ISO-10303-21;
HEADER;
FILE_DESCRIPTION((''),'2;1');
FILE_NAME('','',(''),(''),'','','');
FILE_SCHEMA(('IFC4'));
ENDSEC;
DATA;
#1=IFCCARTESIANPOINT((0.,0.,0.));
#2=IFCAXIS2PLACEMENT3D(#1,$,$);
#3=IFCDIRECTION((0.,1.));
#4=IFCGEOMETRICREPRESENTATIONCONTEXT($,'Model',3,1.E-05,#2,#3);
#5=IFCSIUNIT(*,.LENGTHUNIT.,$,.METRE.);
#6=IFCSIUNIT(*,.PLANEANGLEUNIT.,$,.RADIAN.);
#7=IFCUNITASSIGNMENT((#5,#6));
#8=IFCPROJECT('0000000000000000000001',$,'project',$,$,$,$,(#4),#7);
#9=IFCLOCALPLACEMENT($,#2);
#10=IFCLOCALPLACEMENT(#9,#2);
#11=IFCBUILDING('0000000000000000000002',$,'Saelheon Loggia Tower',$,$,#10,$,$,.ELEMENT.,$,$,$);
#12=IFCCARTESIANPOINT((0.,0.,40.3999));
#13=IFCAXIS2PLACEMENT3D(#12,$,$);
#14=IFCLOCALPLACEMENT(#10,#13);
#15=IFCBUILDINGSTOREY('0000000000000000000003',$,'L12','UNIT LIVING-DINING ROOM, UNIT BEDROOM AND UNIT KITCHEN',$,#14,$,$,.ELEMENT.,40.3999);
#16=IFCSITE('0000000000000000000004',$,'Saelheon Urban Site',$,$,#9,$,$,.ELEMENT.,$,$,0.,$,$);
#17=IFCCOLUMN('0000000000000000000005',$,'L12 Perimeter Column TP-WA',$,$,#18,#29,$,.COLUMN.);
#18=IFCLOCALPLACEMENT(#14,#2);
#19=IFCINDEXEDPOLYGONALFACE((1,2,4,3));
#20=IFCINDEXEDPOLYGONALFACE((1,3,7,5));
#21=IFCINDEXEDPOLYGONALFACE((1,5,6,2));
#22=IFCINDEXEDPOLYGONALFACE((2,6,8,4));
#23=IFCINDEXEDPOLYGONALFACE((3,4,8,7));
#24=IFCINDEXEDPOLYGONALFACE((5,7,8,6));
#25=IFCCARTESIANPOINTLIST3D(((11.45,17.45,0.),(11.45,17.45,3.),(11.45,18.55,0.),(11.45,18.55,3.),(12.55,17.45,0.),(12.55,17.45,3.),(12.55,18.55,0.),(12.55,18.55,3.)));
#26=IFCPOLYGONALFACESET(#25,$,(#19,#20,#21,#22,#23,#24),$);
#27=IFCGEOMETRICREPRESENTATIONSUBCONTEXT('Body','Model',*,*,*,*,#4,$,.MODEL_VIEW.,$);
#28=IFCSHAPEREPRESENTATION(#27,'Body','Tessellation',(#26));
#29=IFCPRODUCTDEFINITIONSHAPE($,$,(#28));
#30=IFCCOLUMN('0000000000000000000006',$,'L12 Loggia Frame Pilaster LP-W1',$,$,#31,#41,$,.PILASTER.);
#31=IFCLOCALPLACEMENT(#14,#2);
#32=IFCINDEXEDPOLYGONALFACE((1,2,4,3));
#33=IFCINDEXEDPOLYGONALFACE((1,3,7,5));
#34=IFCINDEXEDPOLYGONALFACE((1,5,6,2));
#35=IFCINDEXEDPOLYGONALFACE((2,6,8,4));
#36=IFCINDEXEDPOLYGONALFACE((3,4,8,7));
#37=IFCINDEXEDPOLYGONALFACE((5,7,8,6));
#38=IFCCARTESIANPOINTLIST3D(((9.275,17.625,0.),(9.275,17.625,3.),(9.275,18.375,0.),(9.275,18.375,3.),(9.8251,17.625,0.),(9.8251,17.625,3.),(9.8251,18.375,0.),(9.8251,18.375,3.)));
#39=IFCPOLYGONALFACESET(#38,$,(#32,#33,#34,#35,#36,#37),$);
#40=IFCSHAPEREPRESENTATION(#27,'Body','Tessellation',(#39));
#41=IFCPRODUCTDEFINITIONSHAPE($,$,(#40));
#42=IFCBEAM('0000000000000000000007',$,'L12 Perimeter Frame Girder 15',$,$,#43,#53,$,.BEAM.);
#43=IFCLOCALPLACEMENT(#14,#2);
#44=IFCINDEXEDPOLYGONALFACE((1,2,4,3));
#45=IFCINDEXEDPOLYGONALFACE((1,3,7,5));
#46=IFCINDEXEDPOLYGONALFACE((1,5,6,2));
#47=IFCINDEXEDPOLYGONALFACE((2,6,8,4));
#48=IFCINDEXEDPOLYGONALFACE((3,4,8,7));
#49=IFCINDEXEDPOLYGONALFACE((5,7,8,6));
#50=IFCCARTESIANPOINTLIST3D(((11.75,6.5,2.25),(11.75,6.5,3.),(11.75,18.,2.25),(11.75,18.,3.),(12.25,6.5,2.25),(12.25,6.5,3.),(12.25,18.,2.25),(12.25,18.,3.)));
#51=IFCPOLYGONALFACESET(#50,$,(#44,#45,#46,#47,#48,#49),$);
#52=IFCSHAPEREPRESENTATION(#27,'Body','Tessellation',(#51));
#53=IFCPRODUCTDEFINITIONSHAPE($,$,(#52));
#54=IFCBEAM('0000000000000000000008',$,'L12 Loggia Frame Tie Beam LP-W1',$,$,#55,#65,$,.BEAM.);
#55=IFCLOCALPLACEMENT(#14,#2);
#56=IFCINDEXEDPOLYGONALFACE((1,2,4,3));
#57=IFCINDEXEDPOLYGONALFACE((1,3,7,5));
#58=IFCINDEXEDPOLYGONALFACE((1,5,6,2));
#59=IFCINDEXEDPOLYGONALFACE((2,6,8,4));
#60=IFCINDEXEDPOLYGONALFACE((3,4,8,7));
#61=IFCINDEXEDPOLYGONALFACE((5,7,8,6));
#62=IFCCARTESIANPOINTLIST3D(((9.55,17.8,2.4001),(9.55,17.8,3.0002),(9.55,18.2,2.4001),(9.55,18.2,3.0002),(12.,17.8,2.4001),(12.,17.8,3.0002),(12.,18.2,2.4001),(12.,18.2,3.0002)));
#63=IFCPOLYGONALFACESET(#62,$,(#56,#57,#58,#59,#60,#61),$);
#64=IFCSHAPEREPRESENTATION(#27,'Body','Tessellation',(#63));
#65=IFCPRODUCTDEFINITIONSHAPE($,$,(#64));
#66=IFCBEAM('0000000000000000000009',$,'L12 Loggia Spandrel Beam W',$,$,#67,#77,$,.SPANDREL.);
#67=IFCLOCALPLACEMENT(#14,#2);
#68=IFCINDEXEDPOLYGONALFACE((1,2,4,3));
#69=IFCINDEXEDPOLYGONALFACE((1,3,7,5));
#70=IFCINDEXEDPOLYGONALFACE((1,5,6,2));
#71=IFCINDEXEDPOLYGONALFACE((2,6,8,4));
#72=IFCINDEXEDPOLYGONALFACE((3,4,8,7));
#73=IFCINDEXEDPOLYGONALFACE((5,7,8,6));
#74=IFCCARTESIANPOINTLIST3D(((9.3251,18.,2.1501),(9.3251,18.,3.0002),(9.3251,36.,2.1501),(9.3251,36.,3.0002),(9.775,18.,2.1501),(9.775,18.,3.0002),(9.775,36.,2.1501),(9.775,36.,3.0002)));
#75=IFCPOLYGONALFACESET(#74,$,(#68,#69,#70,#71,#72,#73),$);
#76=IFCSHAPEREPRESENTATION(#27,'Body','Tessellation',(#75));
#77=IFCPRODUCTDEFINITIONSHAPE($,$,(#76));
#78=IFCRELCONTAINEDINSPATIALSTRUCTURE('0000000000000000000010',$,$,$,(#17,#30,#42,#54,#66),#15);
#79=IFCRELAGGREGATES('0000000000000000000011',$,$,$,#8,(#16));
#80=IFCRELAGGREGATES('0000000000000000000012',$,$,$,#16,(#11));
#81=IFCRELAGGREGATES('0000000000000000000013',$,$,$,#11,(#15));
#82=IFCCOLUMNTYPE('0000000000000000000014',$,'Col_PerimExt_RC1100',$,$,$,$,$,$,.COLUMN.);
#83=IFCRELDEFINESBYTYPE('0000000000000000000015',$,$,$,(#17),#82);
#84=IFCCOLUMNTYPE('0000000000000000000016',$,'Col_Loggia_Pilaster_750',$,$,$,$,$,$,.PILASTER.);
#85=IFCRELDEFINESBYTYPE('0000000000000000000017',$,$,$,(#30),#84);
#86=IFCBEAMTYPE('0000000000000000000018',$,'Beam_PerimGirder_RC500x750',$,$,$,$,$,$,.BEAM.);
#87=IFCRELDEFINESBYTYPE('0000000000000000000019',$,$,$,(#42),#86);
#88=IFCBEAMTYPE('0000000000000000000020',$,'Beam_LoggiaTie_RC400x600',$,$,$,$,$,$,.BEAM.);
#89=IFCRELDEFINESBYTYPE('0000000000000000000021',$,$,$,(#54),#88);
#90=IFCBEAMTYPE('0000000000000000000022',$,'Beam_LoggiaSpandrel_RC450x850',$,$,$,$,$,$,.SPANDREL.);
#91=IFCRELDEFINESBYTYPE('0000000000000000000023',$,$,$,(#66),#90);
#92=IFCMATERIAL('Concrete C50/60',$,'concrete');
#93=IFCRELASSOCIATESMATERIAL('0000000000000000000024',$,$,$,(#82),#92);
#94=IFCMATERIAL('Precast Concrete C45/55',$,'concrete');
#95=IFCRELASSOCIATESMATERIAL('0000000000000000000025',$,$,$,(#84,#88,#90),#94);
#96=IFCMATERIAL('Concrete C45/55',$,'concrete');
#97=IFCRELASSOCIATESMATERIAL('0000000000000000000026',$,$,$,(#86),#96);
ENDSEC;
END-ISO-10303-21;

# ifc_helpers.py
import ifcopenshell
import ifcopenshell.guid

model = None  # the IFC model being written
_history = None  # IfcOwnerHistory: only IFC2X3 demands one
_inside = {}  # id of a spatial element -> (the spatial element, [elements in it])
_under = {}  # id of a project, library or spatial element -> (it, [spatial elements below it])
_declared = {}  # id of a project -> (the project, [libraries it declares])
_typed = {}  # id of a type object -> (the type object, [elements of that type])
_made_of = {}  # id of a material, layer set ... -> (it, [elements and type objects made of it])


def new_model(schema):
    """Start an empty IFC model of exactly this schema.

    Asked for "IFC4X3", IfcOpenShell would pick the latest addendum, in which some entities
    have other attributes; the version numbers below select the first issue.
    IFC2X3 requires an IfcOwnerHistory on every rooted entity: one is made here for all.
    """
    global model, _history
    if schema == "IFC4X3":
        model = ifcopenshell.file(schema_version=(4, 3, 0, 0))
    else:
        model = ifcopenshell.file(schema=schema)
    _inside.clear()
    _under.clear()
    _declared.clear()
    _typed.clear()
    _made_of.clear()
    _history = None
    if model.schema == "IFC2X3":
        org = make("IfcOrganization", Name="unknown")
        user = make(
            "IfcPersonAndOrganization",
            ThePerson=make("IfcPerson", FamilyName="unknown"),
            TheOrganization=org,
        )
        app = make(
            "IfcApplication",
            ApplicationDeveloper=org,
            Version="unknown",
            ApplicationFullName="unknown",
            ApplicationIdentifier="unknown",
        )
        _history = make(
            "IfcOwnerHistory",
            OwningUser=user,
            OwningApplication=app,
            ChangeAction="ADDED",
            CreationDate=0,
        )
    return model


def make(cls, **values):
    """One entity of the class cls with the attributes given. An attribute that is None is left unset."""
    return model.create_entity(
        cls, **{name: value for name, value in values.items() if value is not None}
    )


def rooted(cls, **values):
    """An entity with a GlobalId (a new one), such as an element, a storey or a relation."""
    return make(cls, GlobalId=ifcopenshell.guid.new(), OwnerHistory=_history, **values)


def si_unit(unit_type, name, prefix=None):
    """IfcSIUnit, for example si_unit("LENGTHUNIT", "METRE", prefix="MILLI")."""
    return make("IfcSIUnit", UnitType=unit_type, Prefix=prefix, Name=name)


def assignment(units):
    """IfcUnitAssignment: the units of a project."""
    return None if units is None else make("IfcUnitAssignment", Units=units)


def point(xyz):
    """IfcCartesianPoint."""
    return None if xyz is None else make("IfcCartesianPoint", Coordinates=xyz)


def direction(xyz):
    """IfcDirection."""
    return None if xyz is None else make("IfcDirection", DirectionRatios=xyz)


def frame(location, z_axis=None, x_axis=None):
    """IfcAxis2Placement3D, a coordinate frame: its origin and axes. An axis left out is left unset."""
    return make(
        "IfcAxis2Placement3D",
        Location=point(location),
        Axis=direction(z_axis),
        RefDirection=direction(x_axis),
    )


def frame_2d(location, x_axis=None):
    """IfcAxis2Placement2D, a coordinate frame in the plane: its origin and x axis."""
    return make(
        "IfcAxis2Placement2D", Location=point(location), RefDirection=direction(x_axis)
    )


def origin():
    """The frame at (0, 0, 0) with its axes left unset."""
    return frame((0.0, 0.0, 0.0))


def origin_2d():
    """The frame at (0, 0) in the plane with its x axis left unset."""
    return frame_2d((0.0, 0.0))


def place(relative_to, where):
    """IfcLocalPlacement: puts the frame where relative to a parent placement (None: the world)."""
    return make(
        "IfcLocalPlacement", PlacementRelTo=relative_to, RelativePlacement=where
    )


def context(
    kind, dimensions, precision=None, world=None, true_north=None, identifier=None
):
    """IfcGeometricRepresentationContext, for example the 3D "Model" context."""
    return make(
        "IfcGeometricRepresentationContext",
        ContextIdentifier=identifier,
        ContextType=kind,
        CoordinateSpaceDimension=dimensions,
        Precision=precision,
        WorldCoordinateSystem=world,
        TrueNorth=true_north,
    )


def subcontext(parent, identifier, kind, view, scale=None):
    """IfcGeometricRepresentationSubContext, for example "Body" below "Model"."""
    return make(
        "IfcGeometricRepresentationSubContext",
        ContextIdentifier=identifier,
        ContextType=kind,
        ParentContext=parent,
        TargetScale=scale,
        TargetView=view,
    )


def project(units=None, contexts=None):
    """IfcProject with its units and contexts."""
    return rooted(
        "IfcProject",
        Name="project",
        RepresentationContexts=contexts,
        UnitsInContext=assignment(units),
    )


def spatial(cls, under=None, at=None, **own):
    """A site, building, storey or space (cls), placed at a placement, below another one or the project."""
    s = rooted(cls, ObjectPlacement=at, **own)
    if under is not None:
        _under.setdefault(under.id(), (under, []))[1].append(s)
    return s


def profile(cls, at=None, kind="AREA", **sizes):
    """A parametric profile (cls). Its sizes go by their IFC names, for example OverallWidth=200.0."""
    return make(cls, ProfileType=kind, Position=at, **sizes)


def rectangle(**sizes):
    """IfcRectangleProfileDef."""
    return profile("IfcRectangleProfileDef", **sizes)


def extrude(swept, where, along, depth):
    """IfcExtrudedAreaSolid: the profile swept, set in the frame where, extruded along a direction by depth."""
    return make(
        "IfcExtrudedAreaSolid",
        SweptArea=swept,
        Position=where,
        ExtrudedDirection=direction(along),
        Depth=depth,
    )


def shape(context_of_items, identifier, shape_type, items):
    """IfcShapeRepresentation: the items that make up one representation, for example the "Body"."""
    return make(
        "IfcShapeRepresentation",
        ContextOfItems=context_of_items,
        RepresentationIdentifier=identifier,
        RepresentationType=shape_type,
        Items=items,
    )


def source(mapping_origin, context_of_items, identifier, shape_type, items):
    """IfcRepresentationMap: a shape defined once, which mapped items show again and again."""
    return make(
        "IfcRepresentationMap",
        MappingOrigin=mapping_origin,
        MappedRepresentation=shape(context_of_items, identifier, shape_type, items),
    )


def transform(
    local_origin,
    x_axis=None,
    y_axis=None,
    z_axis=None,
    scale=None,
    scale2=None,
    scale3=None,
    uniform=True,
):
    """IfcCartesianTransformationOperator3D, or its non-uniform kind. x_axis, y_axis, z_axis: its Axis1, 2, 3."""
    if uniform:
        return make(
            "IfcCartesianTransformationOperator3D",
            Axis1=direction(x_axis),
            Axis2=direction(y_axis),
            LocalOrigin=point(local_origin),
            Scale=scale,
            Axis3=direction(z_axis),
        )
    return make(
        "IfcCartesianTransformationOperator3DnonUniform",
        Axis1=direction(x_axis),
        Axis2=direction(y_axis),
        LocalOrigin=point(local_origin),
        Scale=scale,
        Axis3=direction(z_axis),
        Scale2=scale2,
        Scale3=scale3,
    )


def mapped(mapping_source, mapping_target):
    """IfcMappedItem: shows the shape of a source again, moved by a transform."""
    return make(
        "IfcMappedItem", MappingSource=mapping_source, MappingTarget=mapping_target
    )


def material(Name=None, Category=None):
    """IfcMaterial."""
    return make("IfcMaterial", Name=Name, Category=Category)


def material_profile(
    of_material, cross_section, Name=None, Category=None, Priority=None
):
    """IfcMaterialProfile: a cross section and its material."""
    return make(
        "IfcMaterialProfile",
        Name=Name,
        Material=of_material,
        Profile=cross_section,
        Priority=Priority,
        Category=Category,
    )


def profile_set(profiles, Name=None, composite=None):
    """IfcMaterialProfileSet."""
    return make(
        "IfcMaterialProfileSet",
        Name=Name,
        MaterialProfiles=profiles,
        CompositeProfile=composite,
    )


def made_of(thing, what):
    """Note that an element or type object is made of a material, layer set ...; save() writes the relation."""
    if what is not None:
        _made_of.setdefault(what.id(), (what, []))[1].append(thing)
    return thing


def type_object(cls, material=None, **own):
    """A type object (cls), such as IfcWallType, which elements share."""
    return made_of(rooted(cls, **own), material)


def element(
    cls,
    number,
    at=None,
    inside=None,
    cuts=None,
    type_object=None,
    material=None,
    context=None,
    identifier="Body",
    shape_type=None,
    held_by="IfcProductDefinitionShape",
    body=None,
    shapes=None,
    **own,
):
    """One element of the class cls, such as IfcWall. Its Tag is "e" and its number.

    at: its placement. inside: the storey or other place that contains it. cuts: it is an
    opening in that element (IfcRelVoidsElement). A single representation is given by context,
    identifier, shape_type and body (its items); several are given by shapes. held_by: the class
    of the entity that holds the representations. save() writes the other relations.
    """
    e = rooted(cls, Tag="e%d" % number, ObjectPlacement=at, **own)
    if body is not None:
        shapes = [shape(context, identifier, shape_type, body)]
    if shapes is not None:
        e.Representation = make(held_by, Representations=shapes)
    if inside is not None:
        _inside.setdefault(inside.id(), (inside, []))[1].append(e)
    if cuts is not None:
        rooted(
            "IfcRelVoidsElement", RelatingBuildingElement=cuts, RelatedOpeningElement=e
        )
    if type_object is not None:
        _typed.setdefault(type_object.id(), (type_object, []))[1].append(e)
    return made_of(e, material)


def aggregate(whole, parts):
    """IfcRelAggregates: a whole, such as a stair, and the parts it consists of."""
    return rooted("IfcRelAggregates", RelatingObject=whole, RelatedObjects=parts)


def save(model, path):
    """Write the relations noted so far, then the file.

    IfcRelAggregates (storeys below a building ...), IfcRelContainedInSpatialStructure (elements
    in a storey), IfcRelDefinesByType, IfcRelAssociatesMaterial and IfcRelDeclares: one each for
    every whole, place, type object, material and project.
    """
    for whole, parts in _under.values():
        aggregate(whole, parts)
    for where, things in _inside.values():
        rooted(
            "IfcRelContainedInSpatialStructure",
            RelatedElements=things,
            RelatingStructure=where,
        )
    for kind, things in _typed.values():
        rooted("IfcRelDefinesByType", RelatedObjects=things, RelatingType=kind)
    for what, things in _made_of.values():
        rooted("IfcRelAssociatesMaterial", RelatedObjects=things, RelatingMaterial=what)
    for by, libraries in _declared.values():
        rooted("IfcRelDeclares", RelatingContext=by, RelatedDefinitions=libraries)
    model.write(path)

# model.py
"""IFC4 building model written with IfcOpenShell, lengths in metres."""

from ifc_helpers import new_model, si_unit, direction, frame, origin, origin_2d, place, context, subcontext, project, spatial, rectangle, extrude, source, transform, mapped, material, material_profile, profile_set, type_object, element, save


model = new_model("IFC4")

# Units and contexts
model_context = context("Model", 3, precision=1e-05, world=origin(), true_north=direction((0.0, 1.0)))
body_context = subcontext(model_context, "Body", "Model", "MODEL_VIEW")
ifc_project = project(units=[si_unit("LENGTHUNIT", "METRE"), si_unit("PLANEANGLEUNIT", "RADIAN")], contexts=[model_context])

# Site, building, storey
site_placement = place(None, origin())
site = spatial("IfcSite", under=ifc_project, at=site_placement, Name="Saelheon Urban Site", CompositionType="ELEMENT", RefElevation=0.0)
building_placement = place(site_placement, origin())
building = spatial("IfcBuilding", under=site, at=building_placement, Name="Saelheon Loggia Tower", CompositionType="ELEMENT")
storey_placement = place(building_placement, frame((0.0, 0.0, 40.3999)))
storey = spatial("IfcBuildingStorey", under=building, at=storey_placement, Name="L12", Description="UNIT LIVING-DINING ROOM, UNIT BEDROOM AND UNIT KITCHEN", CompositionType="ELEMENT", Elevation=40.3999)

# Columns
ifc_material_1 = material(Name="Concrete C50/60", Category="concrete")
ifc_material_profile_1 = material_profile(ifc_material_1, rectangle(XDim=1.1001, YDim=1.1001, at=origin_2d()), Name="RC-1100x1100")
ifc_profile_set_1 = profile_set([ifc_material_profile_1], Name="Concrete C50/60")
column_type_1 = type_object("IfcColumnType", Name="Col_PerimExt_RC1100", PredefinedType="COLUMN", material=ifc_profile_set_1)
shared_shape_1 = source(origin(), body_context, "Body", "SweptSolid", [
    extrude(rectangle(XDim=1.1001, YDim=1.1001, at=origin_2d()), origin(), (0.0, 0.0, 1.0), 3.0),
])
column_1_placement = place(storey_placement, frame((12.0, 18.0, 0.0), z_axis=(0.0, 0.0, 1.0), x_axis=(1.0, 0.0, 0.0)))
element("IfcColumn", 1, at=column_1_placement, inside=storey, type_object=column_type_1, Name="L12 Perimeter Column TP-WA", PredefinedType="COLUMN", context=body_context, shape_type="MappedRepresentation", body=[
    mapped(shared_shape_1, transform((0.0, 0.0, 0.0), scale=1.0)),
])
ifc_material_2 = material(Name="Precast Concrete C45/55", Category="concrete")
ifc_material_profile_2 = material_profile(ifc_material_2, rectangle(XDim=0.55, YDim=0.75, at=origin_2d()), Name="RC-550x750")
ifc_profile_set_2 = profile_set([ifc_material_profile_2], Name="Precast Concrete C45/55")
column_type_2 = type_object("IfcColumnType", Name="Col_Loggia_Pilaster_750", PredefinedType="PILASTER", material=ifc_profile_set_2)
shared_shape_2 = source(origin(), body_context, "Body", "SweptSolid", [
    extrude(rectangle(XDim=0.55, YDim=0.75, at=origin_2d()), origin(), (0.0, 0.0, 1.0), 3.0),
])
column_2_placement = place(storey_placement, frame((9.55, 18.0, 0.0), z_axis=(0.0, 0.0, 1.0), x_axis=(1.0, 0.0, 0.0)))
element("IfcColumn", 2, at=column_2_placement, inside=storey, type_object=column_type_2, Name="L12 Loggia Frame Pilaster LP-W1", PredefinedType="PILASTER", context=body_context, shape_type="MappedRepresentation", body=[
    mapped(shared_shape_2, transform((0.0, 0.0, 0.0), scale=1.0)),
])

# Beams
ifc_material_3 = material(Name="Concrete C45/55", Category="concrete")
ifc_material_profile_3 = material_profile(ifc_material_3, rectangle(XDim=0.5, YDim=0.75, at=origin_2d()), Name="RC-500x750")
ifc_profile_set_3 = profile_set([ifc_material_profile_3], Name="Concrete C45/55")
beam_type_1 = type_object("IfcBeamType", Name="Beam_PerimGirder_RC500x750", PredefinedType="BEAM", material=ifc_profile_set_3)
shared_shape_3 = source(origin(), body_context, "Body", "SweptSolid", [
    extrude(rectangle(XDim=0.5, YDim=0.75, at=origin_2d()), origin(), (0.0, 0.0, 1.0), 11.5),
])
beam_1_placement = place(storey_placement, frame((12.0, 18.0, 2.625), z_axis=(0.0, -1.0, 0.0), x_axis=(1.0, 0.0, 0.0)))
element("IfcBeam", 3, at=beam_1_placement, inside=storey, type_object=beam_type_1, Name="L12 Perimeter Frame Girder 15", PredefinedType="BEAM", context=body_context, shape_type="MappedRepresentation", body=[
    mapped(shared_shape_3, transform((0.0, 0.0, 0.0), scale=1.0)),
])
ifc_material_profile_4 = material_profile(ifc_material_2, rectangle(XDim=0.3999, YDim=0.6001, at=origin_2d()), Name="RC-400x600")
ifc_profile_set_4 = profile_set([ifc_material_profile_4], Name="Precast Concrete C45/55")
beam_type_2 = type_object("IfcBeamType", Name="Beam_LoggiaTie_RC400x600", PredefinedType="BEAM", material=ifc_profile_set_4)
shared_shape_4 = source(origin(), body_context, "Body", "SweptSolid", [
    extrude(rectangle(XDim=0.3999, YDim=0.6001, at=origin_2d()), origin(), (0.0, 0.0, 1.0), 2.45),
])
beam_2_placement = place(storey_placement, frame((12.0, 18.0, 2.7002), z_axis=(-1.0, 0.0, 0.0), x_axis=(0.0, -1.0, 0.0)))
element("IfcBeam", 4, at=beam_2_placement, inside=storey, type_object=beam_type_2, Name="L12 Loggia Frame Tie Beam LP-W1", PredefinedType="BEAM", context=body_context, shape_type="MappedRepresentation", body=[
    mapped(shared_shape_4, transform((0.0, 0.0, 0.0), scale=1.0)),
])
ifc_material_profile_5 = material_profile(ifc_material_2, rectangle(XDim=0.45, YDim=0.8501, at=origin_2d()), Name="RC-450x850")
ifc_profile_set_5 = profile_set([ifc_material_profile_5], Name="Precast Concrete C45/55")
beam_type_3 = type_object("IfcBeamType", Name="Beam_LoggiaSpandrel_RC450x850", PredefinedType="SPANDREL", material=ifc_profile_set_5)
shared_shape_5 = source(origin(), body_context, "Body", "SweptSolid", [
    extrude(rectangle(XDim=0.45, YDim=0.8501, at=origin_2d()), origin(), (0.0, 0.0, 1.0), 18.0),
])
beam_3_placement = place(storey_placement, frame((9.55, 18.0, 2.5752), z_axis=(0.0, 1.0, 0.0), x_axis=(-1.0, 0.0, 0.0)))
element("IfcBeam", 5, at=beam_3_placement, inside=storey, type_object=beam_type_3, Name="L12 Loggia Spandrel Beam W", PredefinedType="SPANDREL", context=body_context, shape_type="MappedRepresentation", body=[
    mapped(shared_shape_5, transform((0.0, 0.0, 0.0), scale=1.0)),
])

save(model, "model.ifc")
